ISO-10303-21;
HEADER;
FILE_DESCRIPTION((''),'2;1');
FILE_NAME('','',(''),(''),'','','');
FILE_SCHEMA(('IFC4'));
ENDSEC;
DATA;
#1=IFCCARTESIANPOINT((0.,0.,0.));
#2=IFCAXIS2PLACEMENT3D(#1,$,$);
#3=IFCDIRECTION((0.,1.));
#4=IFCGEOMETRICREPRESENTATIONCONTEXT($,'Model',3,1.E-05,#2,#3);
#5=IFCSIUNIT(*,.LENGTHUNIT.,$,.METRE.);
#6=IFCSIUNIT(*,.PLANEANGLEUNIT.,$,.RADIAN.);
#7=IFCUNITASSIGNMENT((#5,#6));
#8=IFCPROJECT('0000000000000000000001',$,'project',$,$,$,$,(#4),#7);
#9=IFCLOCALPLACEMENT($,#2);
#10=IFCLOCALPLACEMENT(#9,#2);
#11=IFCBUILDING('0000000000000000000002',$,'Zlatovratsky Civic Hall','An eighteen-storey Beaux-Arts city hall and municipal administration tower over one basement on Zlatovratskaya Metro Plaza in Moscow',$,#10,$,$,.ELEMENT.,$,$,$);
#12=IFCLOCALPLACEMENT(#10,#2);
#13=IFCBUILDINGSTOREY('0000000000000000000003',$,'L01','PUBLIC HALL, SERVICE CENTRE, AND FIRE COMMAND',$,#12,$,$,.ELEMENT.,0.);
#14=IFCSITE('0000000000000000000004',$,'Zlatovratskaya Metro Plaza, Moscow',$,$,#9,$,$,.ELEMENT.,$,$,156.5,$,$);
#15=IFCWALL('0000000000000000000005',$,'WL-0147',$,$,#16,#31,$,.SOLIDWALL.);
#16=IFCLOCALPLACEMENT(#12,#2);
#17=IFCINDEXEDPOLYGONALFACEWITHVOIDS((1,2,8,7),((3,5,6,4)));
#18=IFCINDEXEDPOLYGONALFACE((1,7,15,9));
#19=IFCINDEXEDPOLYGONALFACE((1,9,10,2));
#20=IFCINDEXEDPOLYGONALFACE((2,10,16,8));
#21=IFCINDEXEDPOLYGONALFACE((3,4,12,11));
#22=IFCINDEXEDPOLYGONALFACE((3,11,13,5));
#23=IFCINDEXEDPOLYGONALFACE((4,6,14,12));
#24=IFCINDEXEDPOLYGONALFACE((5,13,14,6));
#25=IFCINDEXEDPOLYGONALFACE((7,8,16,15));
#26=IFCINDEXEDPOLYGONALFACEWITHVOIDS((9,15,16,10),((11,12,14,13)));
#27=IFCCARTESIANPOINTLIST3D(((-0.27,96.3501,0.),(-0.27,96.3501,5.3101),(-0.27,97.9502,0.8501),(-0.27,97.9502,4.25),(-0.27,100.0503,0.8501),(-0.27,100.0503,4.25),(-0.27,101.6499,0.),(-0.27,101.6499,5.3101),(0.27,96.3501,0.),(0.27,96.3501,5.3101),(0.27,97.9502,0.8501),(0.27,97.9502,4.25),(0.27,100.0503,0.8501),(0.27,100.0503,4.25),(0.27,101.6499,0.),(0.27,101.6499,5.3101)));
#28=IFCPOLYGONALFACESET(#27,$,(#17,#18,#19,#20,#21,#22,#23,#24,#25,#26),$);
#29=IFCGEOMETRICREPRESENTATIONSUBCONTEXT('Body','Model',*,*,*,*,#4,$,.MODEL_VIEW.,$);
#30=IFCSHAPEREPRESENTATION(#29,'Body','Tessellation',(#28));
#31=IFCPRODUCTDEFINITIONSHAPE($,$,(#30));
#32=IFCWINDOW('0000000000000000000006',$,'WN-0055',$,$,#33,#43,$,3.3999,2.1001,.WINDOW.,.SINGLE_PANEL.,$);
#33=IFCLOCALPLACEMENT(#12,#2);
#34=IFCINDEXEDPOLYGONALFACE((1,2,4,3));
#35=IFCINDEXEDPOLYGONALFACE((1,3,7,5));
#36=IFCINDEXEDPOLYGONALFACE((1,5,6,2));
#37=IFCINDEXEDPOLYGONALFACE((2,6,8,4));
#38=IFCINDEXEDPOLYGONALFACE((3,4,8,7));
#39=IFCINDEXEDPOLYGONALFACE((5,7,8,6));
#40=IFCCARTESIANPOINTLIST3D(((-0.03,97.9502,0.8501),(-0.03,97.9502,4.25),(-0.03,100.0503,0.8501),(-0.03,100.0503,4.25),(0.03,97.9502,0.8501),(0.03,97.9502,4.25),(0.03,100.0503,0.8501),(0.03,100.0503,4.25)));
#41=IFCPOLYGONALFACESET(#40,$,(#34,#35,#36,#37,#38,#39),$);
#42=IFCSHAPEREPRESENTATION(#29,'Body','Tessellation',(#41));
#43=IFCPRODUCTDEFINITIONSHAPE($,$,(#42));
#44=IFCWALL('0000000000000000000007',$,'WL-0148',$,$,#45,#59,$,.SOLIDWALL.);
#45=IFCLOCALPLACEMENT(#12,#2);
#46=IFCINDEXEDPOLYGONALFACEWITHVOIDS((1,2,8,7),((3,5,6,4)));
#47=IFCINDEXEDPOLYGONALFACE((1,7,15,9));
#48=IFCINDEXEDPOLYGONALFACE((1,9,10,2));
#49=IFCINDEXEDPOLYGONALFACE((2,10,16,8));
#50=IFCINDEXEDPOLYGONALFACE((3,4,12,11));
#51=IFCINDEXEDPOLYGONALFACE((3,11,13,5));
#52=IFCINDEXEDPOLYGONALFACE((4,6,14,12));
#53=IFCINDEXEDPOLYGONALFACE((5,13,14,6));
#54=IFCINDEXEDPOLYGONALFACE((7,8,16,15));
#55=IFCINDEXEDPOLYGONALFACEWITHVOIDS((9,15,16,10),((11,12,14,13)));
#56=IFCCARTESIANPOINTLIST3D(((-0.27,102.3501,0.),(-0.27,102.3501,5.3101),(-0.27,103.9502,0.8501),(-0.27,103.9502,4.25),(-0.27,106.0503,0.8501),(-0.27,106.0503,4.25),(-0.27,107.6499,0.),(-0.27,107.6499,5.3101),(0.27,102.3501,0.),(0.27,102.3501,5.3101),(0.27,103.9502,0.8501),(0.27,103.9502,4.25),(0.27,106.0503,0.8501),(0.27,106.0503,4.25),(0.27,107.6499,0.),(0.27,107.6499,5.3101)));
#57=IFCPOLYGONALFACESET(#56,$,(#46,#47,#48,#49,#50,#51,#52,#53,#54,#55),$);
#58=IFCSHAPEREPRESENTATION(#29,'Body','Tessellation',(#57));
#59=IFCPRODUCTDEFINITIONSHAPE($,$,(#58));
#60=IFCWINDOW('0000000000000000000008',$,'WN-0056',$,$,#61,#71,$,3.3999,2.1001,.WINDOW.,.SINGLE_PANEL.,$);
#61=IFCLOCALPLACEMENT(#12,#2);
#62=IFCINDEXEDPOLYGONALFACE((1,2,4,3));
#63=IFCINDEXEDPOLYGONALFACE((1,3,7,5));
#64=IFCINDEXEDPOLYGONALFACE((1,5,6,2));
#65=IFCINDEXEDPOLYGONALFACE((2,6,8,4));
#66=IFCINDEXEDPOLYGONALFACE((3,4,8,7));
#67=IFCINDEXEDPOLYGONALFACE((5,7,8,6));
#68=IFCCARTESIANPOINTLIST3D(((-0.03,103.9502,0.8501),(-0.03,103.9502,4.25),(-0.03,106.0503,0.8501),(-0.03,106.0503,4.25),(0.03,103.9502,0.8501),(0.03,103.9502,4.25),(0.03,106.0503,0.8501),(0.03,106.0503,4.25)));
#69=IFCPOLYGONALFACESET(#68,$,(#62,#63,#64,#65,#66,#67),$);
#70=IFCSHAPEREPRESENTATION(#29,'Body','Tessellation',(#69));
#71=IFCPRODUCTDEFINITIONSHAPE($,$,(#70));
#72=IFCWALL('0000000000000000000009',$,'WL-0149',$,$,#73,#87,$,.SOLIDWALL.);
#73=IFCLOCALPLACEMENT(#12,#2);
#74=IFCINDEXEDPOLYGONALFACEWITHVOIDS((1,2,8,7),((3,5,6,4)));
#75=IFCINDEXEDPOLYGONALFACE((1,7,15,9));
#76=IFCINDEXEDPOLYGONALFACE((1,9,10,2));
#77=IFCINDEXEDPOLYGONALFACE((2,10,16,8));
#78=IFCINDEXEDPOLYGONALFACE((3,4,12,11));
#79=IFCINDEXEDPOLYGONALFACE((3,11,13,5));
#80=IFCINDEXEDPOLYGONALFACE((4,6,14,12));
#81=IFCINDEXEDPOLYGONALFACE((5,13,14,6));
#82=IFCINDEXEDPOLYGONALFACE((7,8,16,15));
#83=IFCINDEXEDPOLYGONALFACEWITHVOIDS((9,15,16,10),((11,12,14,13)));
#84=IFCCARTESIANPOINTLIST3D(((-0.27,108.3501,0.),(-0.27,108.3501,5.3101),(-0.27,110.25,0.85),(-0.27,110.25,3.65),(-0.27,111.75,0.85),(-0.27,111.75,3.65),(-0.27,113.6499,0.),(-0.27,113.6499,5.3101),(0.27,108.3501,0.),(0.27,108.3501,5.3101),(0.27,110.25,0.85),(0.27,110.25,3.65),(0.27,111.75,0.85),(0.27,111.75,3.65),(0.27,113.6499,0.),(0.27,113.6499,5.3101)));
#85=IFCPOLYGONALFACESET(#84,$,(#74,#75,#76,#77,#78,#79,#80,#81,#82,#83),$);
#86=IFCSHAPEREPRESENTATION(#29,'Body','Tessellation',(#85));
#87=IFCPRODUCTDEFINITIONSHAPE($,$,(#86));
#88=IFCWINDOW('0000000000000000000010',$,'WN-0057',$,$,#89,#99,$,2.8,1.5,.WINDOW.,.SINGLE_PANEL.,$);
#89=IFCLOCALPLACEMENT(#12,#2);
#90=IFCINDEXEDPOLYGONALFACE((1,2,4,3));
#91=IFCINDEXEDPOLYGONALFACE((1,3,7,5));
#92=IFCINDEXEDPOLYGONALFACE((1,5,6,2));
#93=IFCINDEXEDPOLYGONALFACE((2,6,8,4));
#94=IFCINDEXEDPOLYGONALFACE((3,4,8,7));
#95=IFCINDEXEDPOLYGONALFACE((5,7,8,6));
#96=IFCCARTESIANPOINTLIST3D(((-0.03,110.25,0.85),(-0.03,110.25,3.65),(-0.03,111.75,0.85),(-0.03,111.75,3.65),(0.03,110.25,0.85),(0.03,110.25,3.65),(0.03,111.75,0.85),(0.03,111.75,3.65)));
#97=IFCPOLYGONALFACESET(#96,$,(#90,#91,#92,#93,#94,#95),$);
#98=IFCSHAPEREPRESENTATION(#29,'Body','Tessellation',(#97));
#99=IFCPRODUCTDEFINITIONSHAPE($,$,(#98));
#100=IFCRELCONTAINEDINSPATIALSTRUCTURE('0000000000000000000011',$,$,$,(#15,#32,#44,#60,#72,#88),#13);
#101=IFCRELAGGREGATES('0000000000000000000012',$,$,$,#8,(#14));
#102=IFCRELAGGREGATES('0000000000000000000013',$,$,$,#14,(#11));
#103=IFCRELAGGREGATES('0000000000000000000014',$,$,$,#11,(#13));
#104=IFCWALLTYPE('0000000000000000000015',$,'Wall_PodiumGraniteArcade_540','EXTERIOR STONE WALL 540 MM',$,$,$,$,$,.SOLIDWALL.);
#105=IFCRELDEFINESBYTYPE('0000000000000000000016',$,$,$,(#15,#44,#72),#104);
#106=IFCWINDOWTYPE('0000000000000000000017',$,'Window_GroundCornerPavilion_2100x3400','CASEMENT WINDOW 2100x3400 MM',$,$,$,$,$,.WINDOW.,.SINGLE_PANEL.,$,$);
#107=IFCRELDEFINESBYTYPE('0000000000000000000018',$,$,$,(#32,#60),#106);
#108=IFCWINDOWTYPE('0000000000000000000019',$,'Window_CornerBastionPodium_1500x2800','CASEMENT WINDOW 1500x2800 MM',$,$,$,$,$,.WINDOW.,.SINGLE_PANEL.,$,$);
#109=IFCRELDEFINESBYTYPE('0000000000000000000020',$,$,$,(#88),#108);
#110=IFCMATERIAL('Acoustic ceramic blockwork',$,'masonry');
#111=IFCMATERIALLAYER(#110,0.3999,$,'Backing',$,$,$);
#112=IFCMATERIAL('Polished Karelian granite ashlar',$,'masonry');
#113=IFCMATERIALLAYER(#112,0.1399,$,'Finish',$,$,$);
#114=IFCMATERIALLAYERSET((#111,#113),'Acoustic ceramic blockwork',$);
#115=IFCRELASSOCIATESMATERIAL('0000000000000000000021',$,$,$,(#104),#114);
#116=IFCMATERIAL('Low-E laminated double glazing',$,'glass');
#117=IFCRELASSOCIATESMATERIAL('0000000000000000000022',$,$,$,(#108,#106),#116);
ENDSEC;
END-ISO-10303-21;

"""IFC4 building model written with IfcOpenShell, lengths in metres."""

from ifc_helpers import new_model, si_unit, direction, frame, frame_2d, origin, place, context, subcontext, project, spatial, rectangle, extrude, material, layer, layer_set, type_object, element, fill, save


model = new_model("IFC4")

# Units and contexts
model_context = context("Model", 3, precision=1e-05, world=origin(), true_north=direction((0.0, 1.0)))
body_context = subcontext(model_context, "Body", "Model", "MODEL_VIEW")
ifc_project = project(units=[si_unit("LENGTHUNIT", "METRE"), si_unit("PLANEANGLEUNIT", "RADIAN")], contexts=[model_context])

# Site, building, storey
site_placement = place(None, origin())
site = spatial("IfcSite", under=ifc_project, at=site_placement, Name="Zlatovratskaya Metro Plaza, Moscow", CompositionType="ELEMENT", RefElevation=156.5)
building_placement = place(site_placement, origin())
building = spatial("IfcBuilding", under=site, at=building_placement, Name="Zlatovratsky Civic Hall", Description="An eighteen-storey Beaux-Arts city hall and municipal administration tower over one basement on Zlatovratskaya Metro Plaza in Moscow", CompositionType="ELEMENT")
storey_placement = place(building_placement, origin())
storey = spatial("IfcBuildingStorey", under=building, at=storey_placement, Name="L01", Description="PUBLIC HALL, SERVICE CENTRE, AND FIRE COMMAND", CompositionType="ELEMENT", Elevation=0.0)

# Shared definitions
ifc_material_1 = material(Name="Acoustic ceramic blockwork", Category="masonry")
ifc_layer_1 = layer(ifc_material_1, 0.3999, Name="Backing")
ifc_material_2 = material(Name="Polished Karelian granite ashlar", Category="masonry")
ifc_layer_2 = layer(ifc_material_2, 0.1399, Name="Finish")
ifc_layer_set = layer_set([ifc_layer_1, ifc_layer_2], Name="Acoustic ceramic blockwork")
wall_type = type_object("IfcWallType", Name="Wall_PodiumGraniteArcade_540", Description="EXTERIOR STONE WALL 540 MM", PredefinedType="SOLIDWALL", material=ifc_layer_set)
ifc_material_3 = material(Name="Low-E laminated double glazing", Category="glass")
window_type_1 = type_object("IfcWindowType", Name="Window_CornerBastionPodium_1500x2800", Description="CASEMENT WINDOW 1500x2800 MM", PartitioningType="SINGLE_PANEL", PredefinedType="WINDOW", material=ifc_material_3)

# Walls, openings, windows
wall_1_placement = place(storey_placement, frame((0.0, 96.3501, 0.0), z_axis=(0.0, 0.0, 1.0), x_axis=(0.0, 1.0, 0.0)))
wall_1 = element("IfcWall", 1, at=wall_1_placement, inside=storey, type_object=wall_type, Name="WL-0147", PredefinedType="SOLIDWALL", context=body_context, shape_type="SweptSolid", body=[
    extrude(rectangle(XDim=5.2998, YDim=0.54, at=frame_2d((2.6499, 0.0))), origin(), (0.0, 0.0, 1.0), 5.3101),
])
opening_1_placement = place(wall_1_placement, frame((1.6001, 0.0, 0.8501)))
opening_1 = element("IfcOpeningElement", 2, at=opening_1_placement, cuts=wall_1, PredefinedType="OPENING", context=body_context, shape_type="SweptSolid", body=[
    extrude(rectangle(XDim=2.1001, YDim=3.3999, at=frame_2d((1.05, 1.7))), frame((0.0, 0.2849, 0.0), z_axis=(0.0, -1.0, 0.0), x_axis=(1.0, 0.0, 0.0)), (0.0, 0.0, 1.0), 0.5698),
])
window_type_2 = type_object("IfcWindowType", Name="Window_GroundCornerPavilion_2100x3400", Description="CASEMENT WINDOW 2100x3400 MM", PartitioningType="SINGLE_PANEL", PredefinedType="WINDOW", material=ifc_material_3)
window_1_placement = place(opening_1_placement, origin())
window_1 = element("IfcWindow", 3, at=window_1_placement, inside=storey, type_object=window_type_2, Name="WN-0055", OverallHeight=3.3999, OverallWidth=2.1001, PartitioningType="SINGLE_PANEL", PredefinedType="WINDOW", context=body_context, shape_type="SweptSolid", body=[
    extrude(rectangle(XDim=2.1001, YDim=3.3999, at=frame_2d((1.05, 1.7))), frame((0.0, 0.03, 0.0), z_axis=(0.0, -1.0, 0.0), x_axis=(1.0, 0.0, 0.0)), (0.0, 0.0, 1.0), 0.0601),
])
fill(opening_1, window_1)
wall_2_placement = place(storey_placement, frame((0.0, 102.3501, 0.0), z_axis=(0.0, 0.0, 1.0), x_axis=(0.0, 1.0, 0.0)))
wall_2 = element("IfcWall", 4, at=wall_2_placement, inside=storey, type_object=wall_type, Name="WL-0148", PredefinedType="SOLIDWALL", context=body_context, shape_type="SweptSolid", body=[
    extrude(rectangle(XDim=5.2998, YDim=0.54, at=frame_2d((2.6499, 0.0))), origin(), (0.0, 0.0, 1.0), 5.3101),
])
opening_2_placement = place(wall_2_placement, frame((1.6001, 0.0, 0.8501)))
opening_2 = element("IfcOpeningElement", 5, at=opening_2_placement, cuts=wall_2, PredefinedType="OPENING", context=body_context, shape_type="SweptSolid", body=[
    extrude(rectangle(XDim=2.1001, YDim=3.3999, at=frame_2d((1.05, 1.7))), frame((0.0, 0.2849, 0.0), z_axis=(0.0, -1.0, 0.0), x_axis=(1.0, 0.0, 0.0)), (0.0, 0.0, 1.0), 0.5698),
])
window_2_placement = place(opening_2_placement, origin())
window_2 = element("IfcWindow", 6, at=window_2_placement, inside=storey, type_object=window_type_2, Name="WN-0056", OverallHeight=3.3999, OverallWidth=2.1001, PartitioningType="SINGLE_PANEL", PredefinedType="WINDOW", context=body_context, shape_type="SweptSolid", body=[
    extrude(rectangle(XDim=2.1001, YDim=3.3999, at=frame_2d((1.05, 1.7))), frame((0.0, 0.03, 0.0), z_axis=(0.0, -1.0, 0.0), x_axis=(1.0, 0.0, 0.0)), (0.0, 0.0, 1.0), 0.0601),
])
fill(opening_2, window_2)
wall_3_placement = place(storey_placement, frame((0.0, 108.3501, 0.0), z_axis=(0.0, 0.0, 1.0), x_axis=(0.0, 1.0, 0.0)))
wall_3 = element("IfcWall", 7, at=wall_3_placement, inside=storey, type_object=wall_type, Name="WL-0149", PredefinedType="SOLIDWALL", context=body_context, shape_type="SweptSolid", body=[
    extrude(rectangle(XDim=5.2998, YDim=0.54, at=frame_2d((2.6499, 0.0))), origin(), (0.0, 0.0, 1.0), 5.3101),
])
opening_3_placement = place(wall_3_placement, frame((1.8999, 0.0, 0.8501)))
opening_3 = element("IfcOpeningElement", 8, at=opening_3_placement, cuts=wall_3, PredefinedType="OPENING", context=body_context, shape_type="SweptSolid", body=[
    extrude(rectangle(XDim=1.5, YDim=2.8, at=frame_2d((0.75, 1.3999))), frame((0.0, 0.2849, 0.0), z_axis=(0.0, -1.0, 0.0), x_axis=(1.0, 0.0, 0.0)), (0.0, 0.0, 1.0), 0.5698),
])
window_3_placement = place(opening_3_placement, origin())
window_3 = element("IfcWindow", 9, at=window_3_placement, inside=storey, type_object=window_type_1, Name="WN-0057", OverallHeight=2.8, OverallWidth=1.5, PartitioningType="SINGLE_PANEL", PredefinedType="WINDOW", context=body_context, shape_type="SweptSolid", body=[
    extrude(rectangle(XDim=1.5, YDim=2.8, at=frame_2d((0.75, 1.3999))), frame((0.0, 0.03, 0.0), z_axis=(0.0, -1.0, 0.0), x_axis=(1.0, 0.0, 0.0)), (0.0, 0.0, 1.0), 0.0601),
])
fill(opening_3, window_3)

save(model, "model.ifc")
